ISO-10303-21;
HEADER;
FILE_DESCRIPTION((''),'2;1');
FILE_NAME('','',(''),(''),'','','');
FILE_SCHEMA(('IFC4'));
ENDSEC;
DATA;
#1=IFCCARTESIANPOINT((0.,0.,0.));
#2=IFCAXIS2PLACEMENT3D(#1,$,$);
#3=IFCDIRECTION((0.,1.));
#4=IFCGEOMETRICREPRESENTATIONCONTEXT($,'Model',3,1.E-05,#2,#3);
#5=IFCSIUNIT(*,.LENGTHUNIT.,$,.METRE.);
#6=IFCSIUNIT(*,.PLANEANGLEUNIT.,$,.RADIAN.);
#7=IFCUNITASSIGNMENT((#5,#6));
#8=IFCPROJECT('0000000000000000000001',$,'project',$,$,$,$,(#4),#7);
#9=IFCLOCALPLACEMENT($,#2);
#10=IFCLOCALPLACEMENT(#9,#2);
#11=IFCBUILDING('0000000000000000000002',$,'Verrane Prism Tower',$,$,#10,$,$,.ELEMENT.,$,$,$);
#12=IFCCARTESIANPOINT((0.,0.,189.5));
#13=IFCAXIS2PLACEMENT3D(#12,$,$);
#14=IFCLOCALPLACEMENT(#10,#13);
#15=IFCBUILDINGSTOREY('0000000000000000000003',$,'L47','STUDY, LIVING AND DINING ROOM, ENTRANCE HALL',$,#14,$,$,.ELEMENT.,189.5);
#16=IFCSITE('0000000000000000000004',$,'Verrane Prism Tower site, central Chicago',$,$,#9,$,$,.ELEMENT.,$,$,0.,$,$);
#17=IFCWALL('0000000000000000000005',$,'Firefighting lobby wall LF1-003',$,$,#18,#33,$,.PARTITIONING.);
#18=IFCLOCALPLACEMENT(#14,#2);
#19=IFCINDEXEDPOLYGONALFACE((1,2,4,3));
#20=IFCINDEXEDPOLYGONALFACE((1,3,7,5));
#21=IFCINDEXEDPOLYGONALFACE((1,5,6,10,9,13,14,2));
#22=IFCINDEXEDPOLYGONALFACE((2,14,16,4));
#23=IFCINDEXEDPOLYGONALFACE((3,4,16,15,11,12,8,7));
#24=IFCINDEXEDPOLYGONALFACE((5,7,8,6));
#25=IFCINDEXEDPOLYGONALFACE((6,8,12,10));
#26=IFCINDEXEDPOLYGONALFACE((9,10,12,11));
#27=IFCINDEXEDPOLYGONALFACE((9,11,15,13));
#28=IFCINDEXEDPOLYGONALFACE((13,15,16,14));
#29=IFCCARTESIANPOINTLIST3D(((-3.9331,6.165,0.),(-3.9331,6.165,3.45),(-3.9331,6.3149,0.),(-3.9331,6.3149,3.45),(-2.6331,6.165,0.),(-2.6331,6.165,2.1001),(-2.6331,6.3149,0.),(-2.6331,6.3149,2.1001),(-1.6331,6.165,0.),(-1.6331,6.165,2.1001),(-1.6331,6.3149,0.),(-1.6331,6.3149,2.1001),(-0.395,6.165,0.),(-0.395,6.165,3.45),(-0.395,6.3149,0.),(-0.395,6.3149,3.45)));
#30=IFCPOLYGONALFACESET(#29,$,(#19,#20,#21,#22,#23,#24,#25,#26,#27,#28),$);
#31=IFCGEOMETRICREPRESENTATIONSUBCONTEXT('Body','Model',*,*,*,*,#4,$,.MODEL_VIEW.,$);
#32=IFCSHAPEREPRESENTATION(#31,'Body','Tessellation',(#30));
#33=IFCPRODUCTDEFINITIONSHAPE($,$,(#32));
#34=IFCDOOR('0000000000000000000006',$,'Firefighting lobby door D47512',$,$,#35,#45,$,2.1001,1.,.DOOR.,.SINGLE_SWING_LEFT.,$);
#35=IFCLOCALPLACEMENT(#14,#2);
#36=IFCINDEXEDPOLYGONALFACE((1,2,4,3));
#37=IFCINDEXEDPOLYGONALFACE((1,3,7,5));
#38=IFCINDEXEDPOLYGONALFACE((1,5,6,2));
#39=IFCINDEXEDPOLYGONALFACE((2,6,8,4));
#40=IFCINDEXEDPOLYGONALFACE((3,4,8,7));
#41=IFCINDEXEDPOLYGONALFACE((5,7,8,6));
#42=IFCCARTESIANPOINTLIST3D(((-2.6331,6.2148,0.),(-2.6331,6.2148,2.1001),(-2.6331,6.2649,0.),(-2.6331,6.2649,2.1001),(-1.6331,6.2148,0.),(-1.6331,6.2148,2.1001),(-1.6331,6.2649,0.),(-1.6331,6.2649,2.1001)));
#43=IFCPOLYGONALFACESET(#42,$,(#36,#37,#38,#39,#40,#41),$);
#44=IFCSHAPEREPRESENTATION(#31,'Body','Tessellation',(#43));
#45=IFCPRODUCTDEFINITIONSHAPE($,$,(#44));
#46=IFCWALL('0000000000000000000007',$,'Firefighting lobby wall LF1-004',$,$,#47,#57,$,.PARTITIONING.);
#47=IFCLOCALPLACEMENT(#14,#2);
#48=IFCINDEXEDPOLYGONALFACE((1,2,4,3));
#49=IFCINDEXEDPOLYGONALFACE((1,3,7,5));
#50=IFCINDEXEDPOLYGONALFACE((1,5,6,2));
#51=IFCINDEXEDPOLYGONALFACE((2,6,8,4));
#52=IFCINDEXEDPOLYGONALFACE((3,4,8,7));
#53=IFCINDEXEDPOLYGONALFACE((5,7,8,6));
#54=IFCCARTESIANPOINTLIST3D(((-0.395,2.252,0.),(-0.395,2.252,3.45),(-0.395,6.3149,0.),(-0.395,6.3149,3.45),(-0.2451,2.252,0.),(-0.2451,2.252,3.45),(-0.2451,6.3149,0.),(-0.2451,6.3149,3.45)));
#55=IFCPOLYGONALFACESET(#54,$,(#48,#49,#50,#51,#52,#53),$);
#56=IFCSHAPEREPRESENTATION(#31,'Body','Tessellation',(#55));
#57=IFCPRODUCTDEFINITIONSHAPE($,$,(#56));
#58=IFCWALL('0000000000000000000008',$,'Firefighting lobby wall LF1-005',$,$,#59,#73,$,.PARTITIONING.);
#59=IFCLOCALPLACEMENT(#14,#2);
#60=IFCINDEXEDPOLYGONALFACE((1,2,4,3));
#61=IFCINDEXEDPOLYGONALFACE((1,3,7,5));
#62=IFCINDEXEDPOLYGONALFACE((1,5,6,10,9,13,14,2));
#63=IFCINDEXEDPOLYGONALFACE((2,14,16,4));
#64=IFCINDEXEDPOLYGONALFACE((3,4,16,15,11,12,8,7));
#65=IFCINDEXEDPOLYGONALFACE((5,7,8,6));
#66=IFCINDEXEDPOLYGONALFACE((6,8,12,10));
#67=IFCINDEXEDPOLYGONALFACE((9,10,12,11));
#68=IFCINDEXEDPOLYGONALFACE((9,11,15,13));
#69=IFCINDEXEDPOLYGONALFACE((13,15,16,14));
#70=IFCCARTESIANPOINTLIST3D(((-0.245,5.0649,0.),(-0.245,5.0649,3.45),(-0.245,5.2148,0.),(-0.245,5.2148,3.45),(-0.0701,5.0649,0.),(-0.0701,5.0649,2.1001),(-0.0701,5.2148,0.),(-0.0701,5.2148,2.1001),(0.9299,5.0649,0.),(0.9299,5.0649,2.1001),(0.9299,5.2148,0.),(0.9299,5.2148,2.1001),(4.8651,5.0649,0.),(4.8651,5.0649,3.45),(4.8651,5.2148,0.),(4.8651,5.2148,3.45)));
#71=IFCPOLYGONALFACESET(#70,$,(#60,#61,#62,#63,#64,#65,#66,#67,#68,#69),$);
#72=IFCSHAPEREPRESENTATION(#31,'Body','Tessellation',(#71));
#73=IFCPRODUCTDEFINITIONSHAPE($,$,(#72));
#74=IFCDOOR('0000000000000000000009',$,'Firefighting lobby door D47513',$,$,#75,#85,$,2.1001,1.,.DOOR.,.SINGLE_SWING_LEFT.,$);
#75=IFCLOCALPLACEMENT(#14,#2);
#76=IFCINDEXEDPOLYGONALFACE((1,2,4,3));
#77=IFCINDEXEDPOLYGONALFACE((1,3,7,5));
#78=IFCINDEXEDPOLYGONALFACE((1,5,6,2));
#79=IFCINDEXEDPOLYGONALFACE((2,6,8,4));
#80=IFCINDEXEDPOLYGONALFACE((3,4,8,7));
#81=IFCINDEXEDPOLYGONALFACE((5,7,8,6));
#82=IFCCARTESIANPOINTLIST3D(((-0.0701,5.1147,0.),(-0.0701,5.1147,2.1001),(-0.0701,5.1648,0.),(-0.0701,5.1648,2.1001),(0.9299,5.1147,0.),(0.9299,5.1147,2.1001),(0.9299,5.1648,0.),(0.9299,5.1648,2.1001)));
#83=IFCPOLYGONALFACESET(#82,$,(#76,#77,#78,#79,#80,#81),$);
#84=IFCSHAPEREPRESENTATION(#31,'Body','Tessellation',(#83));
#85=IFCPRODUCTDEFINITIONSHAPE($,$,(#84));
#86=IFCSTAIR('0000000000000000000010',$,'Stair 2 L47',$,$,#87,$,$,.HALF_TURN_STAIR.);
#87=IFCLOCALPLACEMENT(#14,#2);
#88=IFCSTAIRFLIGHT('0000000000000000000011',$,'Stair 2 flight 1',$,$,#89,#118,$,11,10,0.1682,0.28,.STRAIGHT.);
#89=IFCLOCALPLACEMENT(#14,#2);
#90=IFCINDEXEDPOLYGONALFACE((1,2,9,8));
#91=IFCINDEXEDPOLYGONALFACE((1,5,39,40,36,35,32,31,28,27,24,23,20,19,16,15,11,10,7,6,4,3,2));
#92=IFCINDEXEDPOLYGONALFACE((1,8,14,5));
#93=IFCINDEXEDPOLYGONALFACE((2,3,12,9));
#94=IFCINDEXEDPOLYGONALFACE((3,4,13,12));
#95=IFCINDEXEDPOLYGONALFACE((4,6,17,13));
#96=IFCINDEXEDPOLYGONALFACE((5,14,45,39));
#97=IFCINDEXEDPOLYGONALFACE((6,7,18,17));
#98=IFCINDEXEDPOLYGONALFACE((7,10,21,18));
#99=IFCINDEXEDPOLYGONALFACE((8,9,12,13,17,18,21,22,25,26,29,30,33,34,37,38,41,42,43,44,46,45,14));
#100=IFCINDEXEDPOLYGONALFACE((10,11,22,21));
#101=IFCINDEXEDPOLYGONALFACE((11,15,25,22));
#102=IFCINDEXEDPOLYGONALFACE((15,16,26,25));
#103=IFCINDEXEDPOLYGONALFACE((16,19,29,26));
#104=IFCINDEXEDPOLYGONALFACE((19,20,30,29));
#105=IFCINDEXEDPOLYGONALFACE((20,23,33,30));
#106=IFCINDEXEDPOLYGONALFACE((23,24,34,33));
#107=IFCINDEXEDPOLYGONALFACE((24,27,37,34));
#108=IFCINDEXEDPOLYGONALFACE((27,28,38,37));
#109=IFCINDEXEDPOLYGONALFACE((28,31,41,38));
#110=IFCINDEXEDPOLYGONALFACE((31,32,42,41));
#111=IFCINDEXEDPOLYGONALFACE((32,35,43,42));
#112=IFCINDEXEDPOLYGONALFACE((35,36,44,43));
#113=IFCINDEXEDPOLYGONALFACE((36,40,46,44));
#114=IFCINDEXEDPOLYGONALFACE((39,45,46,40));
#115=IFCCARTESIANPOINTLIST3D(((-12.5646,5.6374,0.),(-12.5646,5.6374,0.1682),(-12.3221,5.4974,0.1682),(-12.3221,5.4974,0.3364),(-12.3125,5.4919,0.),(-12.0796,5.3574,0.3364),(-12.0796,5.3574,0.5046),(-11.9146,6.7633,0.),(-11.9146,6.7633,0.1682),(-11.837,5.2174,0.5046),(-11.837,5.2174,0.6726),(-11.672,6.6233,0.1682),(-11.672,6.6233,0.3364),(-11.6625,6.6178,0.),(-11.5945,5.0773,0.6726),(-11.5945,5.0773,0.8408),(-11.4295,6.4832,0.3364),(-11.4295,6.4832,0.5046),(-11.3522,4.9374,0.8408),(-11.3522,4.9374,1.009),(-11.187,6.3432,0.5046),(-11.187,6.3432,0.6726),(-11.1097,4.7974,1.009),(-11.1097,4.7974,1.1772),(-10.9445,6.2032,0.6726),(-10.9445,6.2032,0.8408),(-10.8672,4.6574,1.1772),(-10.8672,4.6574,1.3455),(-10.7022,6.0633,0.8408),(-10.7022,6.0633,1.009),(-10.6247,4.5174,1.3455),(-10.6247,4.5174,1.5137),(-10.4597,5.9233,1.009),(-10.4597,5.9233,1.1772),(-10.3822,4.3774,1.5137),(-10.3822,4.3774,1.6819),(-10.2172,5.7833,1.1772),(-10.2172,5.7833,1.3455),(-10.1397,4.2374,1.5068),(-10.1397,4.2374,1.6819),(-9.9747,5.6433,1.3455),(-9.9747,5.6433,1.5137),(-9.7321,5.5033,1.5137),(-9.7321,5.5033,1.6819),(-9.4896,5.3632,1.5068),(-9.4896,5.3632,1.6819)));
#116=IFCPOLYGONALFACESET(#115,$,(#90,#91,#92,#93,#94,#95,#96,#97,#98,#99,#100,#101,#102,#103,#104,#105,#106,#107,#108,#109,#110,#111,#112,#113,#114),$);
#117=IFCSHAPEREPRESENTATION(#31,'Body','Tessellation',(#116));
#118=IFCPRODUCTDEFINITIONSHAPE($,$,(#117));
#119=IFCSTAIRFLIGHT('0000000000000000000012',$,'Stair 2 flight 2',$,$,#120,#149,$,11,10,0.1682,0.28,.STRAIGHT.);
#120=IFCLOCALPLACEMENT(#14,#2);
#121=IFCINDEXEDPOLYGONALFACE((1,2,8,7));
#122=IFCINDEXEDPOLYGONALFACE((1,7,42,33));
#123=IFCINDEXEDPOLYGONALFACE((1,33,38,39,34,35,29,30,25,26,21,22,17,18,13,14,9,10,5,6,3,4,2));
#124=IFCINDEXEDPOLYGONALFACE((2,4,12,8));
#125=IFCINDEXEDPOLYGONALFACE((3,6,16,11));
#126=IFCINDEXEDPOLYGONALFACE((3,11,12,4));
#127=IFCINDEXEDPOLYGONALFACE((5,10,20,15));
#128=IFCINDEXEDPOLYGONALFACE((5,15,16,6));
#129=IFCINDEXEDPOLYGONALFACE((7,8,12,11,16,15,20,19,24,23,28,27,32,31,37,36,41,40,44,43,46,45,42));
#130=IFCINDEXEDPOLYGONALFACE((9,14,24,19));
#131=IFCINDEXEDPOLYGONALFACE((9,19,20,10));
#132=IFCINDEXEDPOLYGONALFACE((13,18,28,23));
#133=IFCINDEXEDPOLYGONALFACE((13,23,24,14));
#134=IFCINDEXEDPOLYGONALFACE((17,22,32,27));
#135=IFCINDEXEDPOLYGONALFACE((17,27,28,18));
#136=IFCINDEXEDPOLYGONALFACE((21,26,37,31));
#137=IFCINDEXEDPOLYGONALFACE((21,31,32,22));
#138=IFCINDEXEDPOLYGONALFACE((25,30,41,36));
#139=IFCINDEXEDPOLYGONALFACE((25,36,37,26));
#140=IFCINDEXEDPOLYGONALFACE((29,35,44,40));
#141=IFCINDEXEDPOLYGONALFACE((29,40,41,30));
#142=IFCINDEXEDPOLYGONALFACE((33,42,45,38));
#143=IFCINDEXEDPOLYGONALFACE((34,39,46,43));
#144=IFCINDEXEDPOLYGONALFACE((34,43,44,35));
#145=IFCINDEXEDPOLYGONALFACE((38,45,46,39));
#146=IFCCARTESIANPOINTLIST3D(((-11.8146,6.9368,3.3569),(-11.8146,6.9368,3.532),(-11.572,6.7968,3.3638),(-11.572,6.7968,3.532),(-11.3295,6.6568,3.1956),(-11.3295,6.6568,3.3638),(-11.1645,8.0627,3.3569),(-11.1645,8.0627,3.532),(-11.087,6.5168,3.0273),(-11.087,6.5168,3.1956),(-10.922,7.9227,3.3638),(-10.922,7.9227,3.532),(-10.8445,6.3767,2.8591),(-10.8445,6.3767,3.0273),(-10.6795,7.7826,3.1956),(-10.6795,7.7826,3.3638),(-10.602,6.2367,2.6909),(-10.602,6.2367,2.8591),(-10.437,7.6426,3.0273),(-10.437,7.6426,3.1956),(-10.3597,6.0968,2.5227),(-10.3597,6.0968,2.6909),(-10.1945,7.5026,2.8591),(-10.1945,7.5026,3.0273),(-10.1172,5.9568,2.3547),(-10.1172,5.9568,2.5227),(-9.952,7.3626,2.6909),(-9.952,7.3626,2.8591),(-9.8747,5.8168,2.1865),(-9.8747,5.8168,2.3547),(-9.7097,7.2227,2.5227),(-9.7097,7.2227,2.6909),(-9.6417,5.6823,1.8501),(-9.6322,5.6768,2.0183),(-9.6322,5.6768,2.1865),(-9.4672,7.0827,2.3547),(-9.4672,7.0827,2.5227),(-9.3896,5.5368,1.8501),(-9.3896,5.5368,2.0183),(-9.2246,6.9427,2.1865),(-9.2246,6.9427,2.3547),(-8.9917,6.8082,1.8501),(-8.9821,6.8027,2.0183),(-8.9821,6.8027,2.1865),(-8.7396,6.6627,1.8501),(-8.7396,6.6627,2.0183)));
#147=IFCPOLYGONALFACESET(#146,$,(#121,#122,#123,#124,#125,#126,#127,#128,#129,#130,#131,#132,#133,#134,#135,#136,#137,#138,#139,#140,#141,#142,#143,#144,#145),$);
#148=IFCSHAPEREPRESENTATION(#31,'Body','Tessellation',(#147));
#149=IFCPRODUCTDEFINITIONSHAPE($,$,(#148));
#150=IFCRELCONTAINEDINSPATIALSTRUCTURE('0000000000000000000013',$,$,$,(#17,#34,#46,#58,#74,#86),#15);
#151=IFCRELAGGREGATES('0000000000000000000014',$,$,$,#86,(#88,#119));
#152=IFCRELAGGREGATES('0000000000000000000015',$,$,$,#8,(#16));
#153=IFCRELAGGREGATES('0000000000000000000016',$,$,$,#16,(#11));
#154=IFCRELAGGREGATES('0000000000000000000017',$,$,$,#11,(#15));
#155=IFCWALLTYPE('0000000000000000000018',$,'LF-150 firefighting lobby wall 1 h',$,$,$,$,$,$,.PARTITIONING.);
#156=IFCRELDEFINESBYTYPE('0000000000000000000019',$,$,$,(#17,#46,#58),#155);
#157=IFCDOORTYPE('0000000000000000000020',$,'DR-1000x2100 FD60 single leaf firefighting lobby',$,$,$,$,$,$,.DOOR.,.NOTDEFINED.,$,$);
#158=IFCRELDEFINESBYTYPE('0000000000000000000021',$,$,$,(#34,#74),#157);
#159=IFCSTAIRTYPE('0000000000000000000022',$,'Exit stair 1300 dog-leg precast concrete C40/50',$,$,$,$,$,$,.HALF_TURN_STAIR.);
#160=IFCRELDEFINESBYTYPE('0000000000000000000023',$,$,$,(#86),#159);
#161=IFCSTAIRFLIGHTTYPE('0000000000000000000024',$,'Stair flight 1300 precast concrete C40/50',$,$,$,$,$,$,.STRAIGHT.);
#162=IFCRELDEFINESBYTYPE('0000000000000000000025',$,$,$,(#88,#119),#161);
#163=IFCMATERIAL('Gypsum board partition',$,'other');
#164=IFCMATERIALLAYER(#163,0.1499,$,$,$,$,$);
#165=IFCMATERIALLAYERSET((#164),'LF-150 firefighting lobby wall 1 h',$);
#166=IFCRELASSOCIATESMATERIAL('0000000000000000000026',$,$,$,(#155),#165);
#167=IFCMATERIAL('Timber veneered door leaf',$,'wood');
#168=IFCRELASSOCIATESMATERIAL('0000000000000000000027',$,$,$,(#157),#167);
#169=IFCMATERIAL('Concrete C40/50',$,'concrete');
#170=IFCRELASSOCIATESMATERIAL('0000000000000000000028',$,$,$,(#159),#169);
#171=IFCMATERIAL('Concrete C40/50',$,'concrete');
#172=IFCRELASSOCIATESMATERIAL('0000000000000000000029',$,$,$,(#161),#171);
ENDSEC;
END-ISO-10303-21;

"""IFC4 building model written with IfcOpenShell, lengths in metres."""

from ifc_helpers import new_model, si_unit, direction, frame, frame_2d, origin, place, context, subcontext, project, spatial, polyline, rectangle, outline, extrude, material, layer, layer_set, type_object, element, fill, aggregate, save


model = new_model("IFC4")

# Units and contexts
model_context = context("Model", 3, precision=1e-05, world=origin(), true_north=direction((0.0, 1.0)))
body_context = subcontext(model_context, "Body", "Model", "MODEL_VIEW")
ifc_project = project(units=[si_unit("LENGTHUNIT", "METRE"), si_unit("PLANEANGLEUNIT", "RADIAN")], contexts=[model_context])

# Site, building, storey
site_placement = place(None, origin())
site = spatial("IfcSite", under=ifc_project, at=site_placement, Name="Verrane Prism Tower site, central Chicago", CompositionType="ELEMENT", RefElevation=0.0)
building_placement = place(site_placement, origin())
building = spatial("IfcBuilding", under=site, at=building_placement, Name="Verrane Prism Tower", CompositionType="ELEMENT")
storey_placement = place(building_placement, frame((0.0, 0.0, 189.5)))
storey = spatial("IfcBuildingStorey", under=building, at=storey_placement, Name="L47", Description="STUDY, LIVING AND DINING ROOM, ENTRANCE HALL", CompositionType="ELEMENT", Elevation=189.5)

# Shared definitions
ifc_material_1 = material(Name="Gypsum board partition", Category="other")
ifc_layer_1 = layer(ifc_material_1, 0.1499)
ifc_layer_set_1 = layer_set([ifc_layer_1], Name="LF-150 firefighting lobby wall 1 h")
wall_type_1 = type_object("IfcWallType", Name="LF-150 firefighting lobby wall 1 h", PredefinedType="PARTITIONING", material=ifc_layer_set_1)

# Wall, opening, door
wall_1_placement = place(storey_placement, frame((-3.9331, 6.24, 0.0), z_axis=(0.0, 0.0, 1.0), x_axis=(1.0, 0.0, 0.0)))
wall_1 = element("IfcWall", 1, at=wall_1_placement, inside=storey, type_object=wall_type_1, Name="Firefighting lobby wall LF1-003", PredefinedType="PARTITIONING", context=body_context, shape_type="SweptSolid", body=[
    extrude(rectangle(XDim=3.5381, YDim=0.1499, at=frame_2d((1.769, 0.0))), origin(), (0.0, 0.0, 1.0), 3.45),
])
opening_1_placement = place(wall_1_placement, frame((1.3, 0.0, 0.0)))
opening_1 = element("IfcOpeningElement", 2, at=opening_1_placement, cuts=wall_1, PredefinedType="OPENING", context=body_context, shape_type="SweptSolid", body=[
    extrude(rectangle(XDim=1.0, YDim=2.1001, at=frame_2d((0.5, 1.05))), frame((0.0, 0.085, 0.0), z_axis=(0.0, -1.0, 0.0), x_axis=(1.0, 0.0, 0.0)), (0.0, 0.0, 1.0), 0.1699),
])
ifc_material_2 = material(Name="Timber veneered door leaf", Category="wood")
door_type_1 = type_object("IfcDoorType", Name="DR-1000x2100 FD60 single leaf firefighting lobby", OperationType="NOTDEFINED", PredefinedType="DOOR", material=ifc_material_2)
door_1_placement = place(opening_1_placement, origin())
door_1 = element("IfcDoor", 3, at=door_1_placement, inside=storey, type_object=door_type_1, Name="Firefighting lobby door D47512", OperationType="SINGLE_SWING_LEFT", OverallHeight=2.1001, OverallWidth=1.0, PredefinedType="DOOR", context=body_context, shape_type="SweptSolid", body=[
    extrude(rectangle(XDim=1.0, YDim=2.1001, at=frame_2d((0.5, 1.05))), frame((0.0, 0.0249, 0.0), z_axis=(0.0, -1.0, 0.0), x_axis=(1.0, 0.0, 0.0)), (0.0, 0.0, 1.0), 0.05),
])
fill(opening_1, door_1)

# Wall
wall_2_placement = place(storey_placement, frame((-0.3201, 2.252, 0.0), z_axis=(0.0, 0.0, 1.0), x_axis=(0.0, 1.0, 0.0)))
element("IfcWall", 4, at=wall_2_placement, inside=storey, type_object=wall_type_1, Name="Firefighting lobby wall LF1-004", PredefinedType="PARTITIONING", context=body_context, shape_type="SweptSolid", body=[
    extrude(rectangle(XDim=4.063, YDim=0.1499, at=frame_2d((2.0315, 0.0))), origin(), (0.0, 0.0, 1.0), 3.45),
])

# Wall, opening, door
wall_3_placement = place(storey_placement, frame((-0.2451, 5.1399, 0.0), z_axis=(0.0, 0.0, 1.0), x_axis=(1.0, 0.0, 0.0)))
wall_3 = element("IfcWall", 5, at=wall_3_placement, inside=storey, type_object=wall_type_1, Name="Firefighting lobby wall LF1-005", PredefinedType="PARTITIONING", context=body_context, shape_type="SweptSolid", body=[
    extrude(rectangle(XDim=5.1101, YDim=0.1499, at=frame_2d((2.5552, 0.0))), origin(), (0.0, 0.0, 1.0), 3.45),
])
opening_2_placement = place(wall_3_placement, frame((0.175, 0.0, 0.0)))
opening_2 = element("IfcOpeningElement", 6, at=opening_2_placement, cuts=wall_3, PredefinedType="OPENING", context=body_context, shape_type="SweptSolid", body=[
    extrude(rectangle(XDim=1.0, YDim=2.1001, at=frame_2d((0.5, 1.05))), frame((0.0, 0.085, 0.0), z_axis=(0.0, -1.0, 0.0), x_axis=(1.0, 0.0, 0.0)), (0.0, 0.0, 1.0), 0.1699),
])
door_2_placement = place(opening_2_placement, origin())
door_2 = element("IfcDoor", 7, at=door_2_placement, inside=storey, type_object=door_type_1, Name="Firefighting lobby door D47513", OperationType="SINGLE_SWING_LEFT", OverallHeight=2.1001, OverallWidth=1.0, PredefinedType="DOOR", context=body_context, shape_type="SweptSolid", body=[
    extrude(rectangle(XDim=1.0, YDim=2.1001, at=frame_2d((0.5, 1.05))), frame((0.0, 0.0249, 0.0), z_axis=(0.0, -1.0, 0.0), x_axis=(1.0, 0.0, 0.0)), (0.0, 0.0, 1.0), 0.05),
])
fill(opening_2, door_2)

# Stair, stair flights
ifc_material_3 = material(Name="Concrete C40/50", Category="concrete")
stair_type = type_object("IfcStairType", Name="Exit stair 1300 dog-leg precast concrete C40/50", PredefinedType="HALF_TURN_STAIR", material=ifc_material_3)
stair_placement = place(storey_placement, origin())
stair = element("IfcStair", 8, at=stair_placement, inside=storey, type_object=stair_type, Name="Stair 2 L47", PredefinedType="HALF_TURN_STAIR")
ifc_material_4 = material(Name="Concrete C40/50", Category="concrete")
stair_flight_type = type_object("IfcStairFlightType", Name="Stair flight 1300 precast concrete C40/50", PredefinedType="STRAIGHT", material=ifc_material_4)
stair_flight_1_placement = place(storey_placement, frame((-12.2395, 6.2004, 0.0), z_axis=(0.0, 0.0, 1.0), x_axis=(0.866025, -0.5, 0.0)))
stair_flight_1 = element("IfcStairFlight", 9, at=stair_flight_1_placement, type_object=stair_flight_type, Name="Stair 2 flight 1", NumberOfRisers=11, NumberOfTreads=10, PredefinedType="STRAIGHT", RiserHeight=0.1682, TreadLength=0.28, context=body_context, shape_type="SweptSolid", body=[
    extrude(outline(polyline([(0.0, 0.0), (0.0, 0.1682), (0.28, 0.1682), (0.28, 0.3364), (0.5601, 0.3364), (0.5601, 0.5046), (0.8401, 0.5046), (0.8401, 0.6726), (1.1201, 0.6726), (1.1201, 0.8408), (1.3999, 0.8408), (1.3999, 1.009), (1.6799, 1.009), (1.6799, 1.1772), (1.96, 1.1772), (1.96, 1.3455), (2.24, 1.3455), (2.24, 1.5137), (2.52, 1.5137), (2.52, 1.6819), (2.8, 1.6819), (2.8, 1.8501), (2.8, 1.5068), (0.291, 0.0), (0.0, 0.0)])), frame((0.0, 0.6499, 0.0), z_axis=(0.0, -1.0, 0.0), x_axis=(1.0, 0.0, 0.0)), (0.0, 0.0, 1.0), 1.3),
])
stair_flight_2_placement = place(storey_placement, frame((-9.0647, 6.0996, 1.8501), z_axis=(0.0, 0.0, 1.0), x_axis=(-0.866025, 0.5, 0.0)))
stair_flight_2 = element("IfcStairFlight", 10, at=stair_flight_2_placement, type_object=stair_flight_type, Name="Stair 2 flight 2", NumberOfRisers=11, NumberOfTreads=10, PredefinedType="STRAIGHT", RiserHeight=0.1682, TreadLength=0.28, context=body_context, shape_type="SweptSolid", body=[
    extrude(outline(polyline([(0.0, 0.0), (0.0, 0.1682), (0.28, 0.1682), (0.28, 0.3364), (0.5601, 0.3364), (0.5601, 0.5046), (0.8401, 0.5046), (0.8401, 0.6726), (1.1201, 0.6726), (1.1201, 0.8408), (1.3999, 0.8408), (1.3999, 1.009), (1.6799, 1.009), (1.6799, 1.1772), (1.96, 1.1772), (1.96, 1.3455), (2.24, 1.3455), (2.24, 1.5137), (2.52, 1.5137), (2.52, 1.6819), (2.8, 1.6819), (2.8, 1.8501), (2.8, 1.5068), (0.291, 0.0), (0.0, 0.0)])), frame((0.0, 0.6499, 0.0), z_axis=(0.0, -1.0, 0.0), x_axis=(1.0, 0.0, 0.0)), (0.0, 0.0, 1.0), 1.3),
])
aggregate(stair, [stair_flight_1, stair_flight_2])

save(model, "model.ifc")
